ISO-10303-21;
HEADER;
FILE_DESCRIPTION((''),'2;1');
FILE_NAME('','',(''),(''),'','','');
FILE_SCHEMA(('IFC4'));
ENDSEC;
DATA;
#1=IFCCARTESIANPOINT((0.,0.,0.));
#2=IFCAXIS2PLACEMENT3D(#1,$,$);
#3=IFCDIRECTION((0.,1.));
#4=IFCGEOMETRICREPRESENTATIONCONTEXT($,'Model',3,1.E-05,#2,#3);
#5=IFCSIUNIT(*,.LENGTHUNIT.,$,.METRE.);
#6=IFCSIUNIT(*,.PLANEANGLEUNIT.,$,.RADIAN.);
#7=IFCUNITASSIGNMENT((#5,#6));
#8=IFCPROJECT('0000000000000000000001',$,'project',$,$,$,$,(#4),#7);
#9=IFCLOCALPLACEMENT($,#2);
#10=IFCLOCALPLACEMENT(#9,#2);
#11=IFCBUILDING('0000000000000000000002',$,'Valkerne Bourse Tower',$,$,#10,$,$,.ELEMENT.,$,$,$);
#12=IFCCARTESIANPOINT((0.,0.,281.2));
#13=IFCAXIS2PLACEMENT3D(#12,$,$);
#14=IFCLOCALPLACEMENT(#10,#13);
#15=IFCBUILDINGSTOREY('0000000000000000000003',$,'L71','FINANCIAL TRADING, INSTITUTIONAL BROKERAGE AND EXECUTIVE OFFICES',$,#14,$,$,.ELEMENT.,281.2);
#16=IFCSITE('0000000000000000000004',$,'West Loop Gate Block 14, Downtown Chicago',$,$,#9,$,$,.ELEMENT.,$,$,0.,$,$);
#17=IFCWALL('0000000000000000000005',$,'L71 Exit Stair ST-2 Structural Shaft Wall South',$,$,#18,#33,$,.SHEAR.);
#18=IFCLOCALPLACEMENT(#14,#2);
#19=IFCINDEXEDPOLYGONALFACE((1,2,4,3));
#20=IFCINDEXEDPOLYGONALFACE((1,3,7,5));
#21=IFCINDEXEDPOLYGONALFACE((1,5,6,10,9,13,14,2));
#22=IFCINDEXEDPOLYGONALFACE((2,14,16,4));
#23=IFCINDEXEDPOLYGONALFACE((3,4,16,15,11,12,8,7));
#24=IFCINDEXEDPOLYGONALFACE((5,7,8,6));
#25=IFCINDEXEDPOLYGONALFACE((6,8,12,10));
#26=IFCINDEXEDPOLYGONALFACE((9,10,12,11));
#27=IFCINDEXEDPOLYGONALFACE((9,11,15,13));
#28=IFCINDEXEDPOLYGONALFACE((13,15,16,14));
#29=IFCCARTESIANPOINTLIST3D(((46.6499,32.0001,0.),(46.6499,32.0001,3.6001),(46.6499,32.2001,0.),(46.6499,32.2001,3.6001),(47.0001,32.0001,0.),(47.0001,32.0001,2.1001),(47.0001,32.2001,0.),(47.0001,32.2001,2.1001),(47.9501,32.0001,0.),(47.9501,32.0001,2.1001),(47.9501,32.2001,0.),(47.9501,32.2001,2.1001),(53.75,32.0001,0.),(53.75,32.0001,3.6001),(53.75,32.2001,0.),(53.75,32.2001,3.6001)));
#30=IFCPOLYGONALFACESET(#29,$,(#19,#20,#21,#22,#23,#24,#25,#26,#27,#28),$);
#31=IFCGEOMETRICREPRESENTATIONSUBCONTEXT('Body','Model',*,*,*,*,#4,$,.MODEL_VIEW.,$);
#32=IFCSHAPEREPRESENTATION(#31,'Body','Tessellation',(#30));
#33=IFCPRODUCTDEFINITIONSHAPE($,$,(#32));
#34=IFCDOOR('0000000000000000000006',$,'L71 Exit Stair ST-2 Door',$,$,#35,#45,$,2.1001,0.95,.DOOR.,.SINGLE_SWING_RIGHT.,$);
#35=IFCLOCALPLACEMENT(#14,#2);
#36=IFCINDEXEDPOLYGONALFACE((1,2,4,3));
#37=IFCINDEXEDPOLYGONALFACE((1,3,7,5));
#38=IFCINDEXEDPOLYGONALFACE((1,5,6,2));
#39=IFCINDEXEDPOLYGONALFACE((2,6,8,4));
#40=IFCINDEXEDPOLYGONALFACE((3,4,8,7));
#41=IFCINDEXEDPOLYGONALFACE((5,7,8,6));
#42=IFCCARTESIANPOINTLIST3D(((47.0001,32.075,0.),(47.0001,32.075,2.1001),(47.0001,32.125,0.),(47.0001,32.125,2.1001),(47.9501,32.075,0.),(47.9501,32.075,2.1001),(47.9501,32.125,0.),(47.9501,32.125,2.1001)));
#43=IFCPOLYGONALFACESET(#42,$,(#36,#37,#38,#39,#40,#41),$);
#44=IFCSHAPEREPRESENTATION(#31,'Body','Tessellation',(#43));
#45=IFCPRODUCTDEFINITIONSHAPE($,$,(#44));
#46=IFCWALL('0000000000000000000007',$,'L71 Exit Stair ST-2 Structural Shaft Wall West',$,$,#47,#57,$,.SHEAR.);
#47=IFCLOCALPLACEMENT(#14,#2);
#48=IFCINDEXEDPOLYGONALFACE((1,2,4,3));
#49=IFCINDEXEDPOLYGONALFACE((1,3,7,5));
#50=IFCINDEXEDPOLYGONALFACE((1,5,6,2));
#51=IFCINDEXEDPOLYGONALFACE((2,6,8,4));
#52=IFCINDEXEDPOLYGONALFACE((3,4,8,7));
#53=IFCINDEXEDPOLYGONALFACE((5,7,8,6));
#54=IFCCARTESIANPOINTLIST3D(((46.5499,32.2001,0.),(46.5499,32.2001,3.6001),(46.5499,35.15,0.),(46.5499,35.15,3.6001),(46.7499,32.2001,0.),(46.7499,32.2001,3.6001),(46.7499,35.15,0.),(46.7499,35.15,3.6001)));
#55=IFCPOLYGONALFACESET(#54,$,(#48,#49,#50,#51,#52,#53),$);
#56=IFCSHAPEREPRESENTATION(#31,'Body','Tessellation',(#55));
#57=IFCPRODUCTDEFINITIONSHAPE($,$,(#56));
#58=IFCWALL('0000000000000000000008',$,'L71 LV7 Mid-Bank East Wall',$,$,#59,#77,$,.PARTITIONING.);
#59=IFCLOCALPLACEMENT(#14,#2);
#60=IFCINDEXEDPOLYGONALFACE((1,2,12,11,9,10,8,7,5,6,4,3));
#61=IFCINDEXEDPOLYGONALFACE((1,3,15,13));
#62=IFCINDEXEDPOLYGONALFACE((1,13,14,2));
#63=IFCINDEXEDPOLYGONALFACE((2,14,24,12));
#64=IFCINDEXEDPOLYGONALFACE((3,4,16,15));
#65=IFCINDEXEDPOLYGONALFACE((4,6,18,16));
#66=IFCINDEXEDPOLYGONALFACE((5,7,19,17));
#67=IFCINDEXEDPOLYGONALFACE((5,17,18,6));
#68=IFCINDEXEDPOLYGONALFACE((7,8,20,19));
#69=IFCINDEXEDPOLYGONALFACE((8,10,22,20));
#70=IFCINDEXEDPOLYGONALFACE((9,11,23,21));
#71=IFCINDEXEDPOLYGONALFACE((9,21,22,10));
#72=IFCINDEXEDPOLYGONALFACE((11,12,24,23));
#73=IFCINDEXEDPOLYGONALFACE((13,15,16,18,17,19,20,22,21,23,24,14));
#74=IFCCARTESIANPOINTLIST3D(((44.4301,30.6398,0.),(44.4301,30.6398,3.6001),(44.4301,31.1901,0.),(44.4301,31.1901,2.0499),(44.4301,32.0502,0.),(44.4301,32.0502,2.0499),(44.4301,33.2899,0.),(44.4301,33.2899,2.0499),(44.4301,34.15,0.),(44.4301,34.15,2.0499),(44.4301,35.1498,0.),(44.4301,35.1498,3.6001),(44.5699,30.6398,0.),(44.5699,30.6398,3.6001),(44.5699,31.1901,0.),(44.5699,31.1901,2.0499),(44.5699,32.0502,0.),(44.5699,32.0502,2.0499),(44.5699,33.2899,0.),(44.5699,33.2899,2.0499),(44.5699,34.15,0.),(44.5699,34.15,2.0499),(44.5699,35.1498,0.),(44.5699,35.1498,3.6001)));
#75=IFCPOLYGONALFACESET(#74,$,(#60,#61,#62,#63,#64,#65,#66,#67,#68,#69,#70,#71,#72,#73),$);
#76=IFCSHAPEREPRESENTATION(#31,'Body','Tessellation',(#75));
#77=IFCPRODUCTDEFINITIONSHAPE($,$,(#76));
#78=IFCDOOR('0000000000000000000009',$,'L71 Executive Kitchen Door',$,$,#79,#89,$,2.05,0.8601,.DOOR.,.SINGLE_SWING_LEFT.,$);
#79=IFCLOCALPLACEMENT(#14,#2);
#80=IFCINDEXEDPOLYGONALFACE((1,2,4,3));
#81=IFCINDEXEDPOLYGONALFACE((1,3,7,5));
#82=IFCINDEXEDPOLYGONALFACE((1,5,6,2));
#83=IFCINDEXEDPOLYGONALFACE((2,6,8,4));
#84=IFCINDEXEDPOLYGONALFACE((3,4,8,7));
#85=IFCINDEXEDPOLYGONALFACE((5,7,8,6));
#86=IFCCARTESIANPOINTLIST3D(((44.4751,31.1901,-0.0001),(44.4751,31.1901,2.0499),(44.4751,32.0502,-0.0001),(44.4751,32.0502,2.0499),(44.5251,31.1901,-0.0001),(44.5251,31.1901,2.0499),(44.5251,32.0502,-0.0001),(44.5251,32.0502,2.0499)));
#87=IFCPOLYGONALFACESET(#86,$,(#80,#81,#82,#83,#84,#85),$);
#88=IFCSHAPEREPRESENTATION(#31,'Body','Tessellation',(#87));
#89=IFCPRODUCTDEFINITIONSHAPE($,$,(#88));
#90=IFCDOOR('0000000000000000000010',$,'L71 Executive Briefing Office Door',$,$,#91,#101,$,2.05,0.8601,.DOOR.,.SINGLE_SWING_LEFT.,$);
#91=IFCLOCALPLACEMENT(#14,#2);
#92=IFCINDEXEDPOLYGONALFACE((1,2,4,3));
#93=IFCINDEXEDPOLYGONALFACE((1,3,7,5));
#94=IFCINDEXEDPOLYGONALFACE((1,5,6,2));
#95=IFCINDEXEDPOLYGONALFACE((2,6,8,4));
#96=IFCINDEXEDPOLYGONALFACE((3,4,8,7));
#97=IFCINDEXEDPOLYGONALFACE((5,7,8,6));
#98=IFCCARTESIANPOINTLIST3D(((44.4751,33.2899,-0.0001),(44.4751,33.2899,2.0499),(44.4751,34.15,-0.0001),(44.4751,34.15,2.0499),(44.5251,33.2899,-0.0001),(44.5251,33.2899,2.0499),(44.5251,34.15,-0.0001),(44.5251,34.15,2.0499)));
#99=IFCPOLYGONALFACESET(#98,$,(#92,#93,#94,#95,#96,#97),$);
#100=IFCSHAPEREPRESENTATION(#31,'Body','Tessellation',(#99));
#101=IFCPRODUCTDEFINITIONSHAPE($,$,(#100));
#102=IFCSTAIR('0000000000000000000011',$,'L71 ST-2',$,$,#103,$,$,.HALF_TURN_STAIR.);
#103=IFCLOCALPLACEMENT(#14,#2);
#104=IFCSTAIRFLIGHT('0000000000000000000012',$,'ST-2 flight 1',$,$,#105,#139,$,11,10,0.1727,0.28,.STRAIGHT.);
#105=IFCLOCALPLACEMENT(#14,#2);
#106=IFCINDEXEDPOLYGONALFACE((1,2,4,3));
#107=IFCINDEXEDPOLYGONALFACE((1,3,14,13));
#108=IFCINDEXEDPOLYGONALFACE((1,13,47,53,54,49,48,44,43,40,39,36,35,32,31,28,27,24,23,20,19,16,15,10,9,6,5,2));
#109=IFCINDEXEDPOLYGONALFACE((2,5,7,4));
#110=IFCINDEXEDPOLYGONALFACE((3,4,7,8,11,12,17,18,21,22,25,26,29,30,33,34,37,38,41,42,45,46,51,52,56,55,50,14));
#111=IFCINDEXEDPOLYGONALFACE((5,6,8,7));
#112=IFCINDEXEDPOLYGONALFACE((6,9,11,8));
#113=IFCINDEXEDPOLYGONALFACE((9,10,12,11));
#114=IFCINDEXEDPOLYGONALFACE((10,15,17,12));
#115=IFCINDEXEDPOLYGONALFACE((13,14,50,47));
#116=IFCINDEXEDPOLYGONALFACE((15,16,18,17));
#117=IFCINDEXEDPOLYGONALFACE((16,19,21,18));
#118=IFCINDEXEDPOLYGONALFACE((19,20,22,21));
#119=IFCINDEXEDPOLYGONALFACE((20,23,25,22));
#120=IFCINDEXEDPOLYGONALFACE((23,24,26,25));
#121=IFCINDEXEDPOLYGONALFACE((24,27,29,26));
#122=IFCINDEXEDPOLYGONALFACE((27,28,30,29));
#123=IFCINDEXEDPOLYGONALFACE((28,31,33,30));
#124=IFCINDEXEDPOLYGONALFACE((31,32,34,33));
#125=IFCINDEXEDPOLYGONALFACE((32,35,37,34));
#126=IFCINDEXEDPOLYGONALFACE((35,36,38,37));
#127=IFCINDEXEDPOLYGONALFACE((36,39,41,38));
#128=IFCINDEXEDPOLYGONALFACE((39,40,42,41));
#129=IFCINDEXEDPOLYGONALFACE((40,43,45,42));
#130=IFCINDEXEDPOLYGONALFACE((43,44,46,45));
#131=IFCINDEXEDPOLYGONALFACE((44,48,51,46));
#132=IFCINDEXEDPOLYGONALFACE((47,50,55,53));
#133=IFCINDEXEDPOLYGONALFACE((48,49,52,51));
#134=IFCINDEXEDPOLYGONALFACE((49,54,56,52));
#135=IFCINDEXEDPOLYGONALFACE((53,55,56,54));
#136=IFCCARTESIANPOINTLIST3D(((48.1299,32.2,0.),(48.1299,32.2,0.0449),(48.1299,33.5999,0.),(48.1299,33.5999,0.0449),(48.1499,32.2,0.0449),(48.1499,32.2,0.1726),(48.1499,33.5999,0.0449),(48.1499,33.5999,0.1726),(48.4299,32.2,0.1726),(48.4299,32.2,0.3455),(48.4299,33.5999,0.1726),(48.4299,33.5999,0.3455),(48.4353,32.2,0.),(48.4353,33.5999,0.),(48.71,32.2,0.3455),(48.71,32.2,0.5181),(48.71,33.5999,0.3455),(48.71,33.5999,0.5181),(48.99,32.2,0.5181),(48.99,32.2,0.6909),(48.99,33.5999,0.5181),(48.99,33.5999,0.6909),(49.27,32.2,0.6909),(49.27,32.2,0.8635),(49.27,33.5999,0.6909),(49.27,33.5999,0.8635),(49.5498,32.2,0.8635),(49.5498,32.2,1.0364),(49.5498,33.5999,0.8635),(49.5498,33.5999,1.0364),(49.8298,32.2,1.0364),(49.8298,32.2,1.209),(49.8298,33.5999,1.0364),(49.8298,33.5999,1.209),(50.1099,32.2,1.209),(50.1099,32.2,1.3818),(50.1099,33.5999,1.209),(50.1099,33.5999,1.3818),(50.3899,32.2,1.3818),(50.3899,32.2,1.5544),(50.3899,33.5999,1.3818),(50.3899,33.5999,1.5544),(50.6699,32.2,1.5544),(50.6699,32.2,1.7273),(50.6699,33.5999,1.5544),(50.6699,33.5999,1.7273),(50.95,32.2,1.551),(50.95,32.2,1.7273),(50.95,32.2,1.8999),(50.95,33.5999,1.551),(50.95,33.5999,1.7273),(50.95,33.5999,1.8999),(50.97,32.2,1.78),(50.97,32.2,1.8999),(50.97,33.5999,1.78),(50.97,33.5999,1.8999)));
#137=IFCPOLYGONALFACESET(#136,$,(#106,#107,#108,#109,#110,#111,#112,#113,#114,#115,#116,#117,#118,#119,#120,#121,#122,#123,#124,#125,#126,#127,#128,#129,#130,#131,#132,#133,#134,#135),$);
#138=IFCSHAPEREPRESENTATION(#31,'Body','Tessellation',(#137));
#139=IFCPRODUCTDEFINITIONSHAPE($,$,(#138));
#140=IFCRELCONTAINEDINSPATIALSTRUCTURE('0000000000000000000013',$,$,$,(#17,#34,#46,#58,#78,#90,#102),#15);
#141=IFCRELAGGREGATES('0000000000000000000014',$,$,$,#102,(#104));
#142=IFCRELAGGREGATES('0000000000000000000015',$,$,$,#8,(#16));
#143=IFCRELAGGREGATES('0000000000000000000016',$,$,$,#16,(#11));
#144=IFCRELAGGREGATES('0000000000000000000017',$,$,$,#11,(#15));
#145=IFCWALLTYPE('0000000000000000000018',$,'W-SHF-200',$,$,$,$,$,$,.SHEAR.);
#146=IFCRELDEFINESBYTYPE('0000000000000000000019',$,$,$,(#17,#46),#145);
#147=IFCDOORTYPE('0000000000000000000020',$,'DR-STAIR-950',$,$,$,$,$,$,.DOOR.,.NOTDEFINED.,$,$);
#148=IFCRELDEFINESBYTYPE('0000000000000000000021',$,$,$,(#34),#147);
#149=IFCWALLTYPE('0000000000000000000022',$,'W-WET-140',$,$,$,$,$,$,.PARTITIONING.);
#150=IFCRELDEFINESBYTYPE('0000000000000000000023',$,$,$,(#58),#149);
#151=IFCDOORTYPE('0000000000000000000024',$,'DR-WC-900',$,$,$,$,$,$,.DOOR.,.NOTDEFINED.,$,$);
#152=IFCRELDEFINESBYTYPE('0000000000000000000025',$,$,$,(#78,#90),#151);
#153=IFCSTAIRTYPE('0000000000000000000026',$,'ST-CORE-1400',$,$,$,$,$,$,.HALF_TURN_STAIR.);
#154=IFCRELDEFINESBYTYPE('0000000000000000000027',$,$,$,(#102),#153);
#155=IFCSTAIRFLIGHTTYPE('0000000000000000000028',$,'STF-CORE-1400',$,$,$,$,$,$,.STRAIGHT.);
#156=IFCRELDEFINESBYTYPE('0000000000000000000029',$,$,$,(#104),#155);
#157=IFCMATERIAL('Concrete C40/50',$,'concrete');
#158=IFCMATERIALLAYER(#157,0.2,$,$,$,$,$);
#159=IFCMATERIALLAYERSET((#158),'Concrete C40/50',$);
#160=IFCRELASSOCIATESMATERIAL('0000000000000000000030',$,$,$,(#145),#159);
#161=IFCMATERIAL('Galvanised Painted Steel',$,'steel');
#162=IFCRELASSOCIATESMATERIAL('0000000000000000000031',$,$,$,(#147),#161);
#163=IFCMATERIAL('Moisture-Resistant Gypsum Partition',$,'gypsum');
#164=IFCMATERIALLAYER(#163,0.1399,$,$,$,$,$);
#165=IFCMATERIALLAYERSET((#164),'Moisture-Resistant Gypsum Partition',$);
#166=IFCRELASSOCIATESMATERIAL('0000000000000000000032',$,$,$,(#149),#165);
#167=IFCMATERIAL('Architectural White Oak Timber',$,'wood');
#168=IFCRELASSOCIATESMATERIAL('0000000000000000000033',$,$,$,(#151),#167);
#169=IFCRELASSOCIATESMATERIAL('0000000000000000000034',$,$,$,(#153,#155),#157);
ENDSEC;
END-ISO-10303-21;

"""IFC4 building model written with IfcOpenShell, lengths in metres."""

from ifc_helpers import new_model, si_unit, direction, frame, frame_2d, origin, place, context, subcontext, project, spatial, polyline, rectangle, outline, extrude, material, layer, layer_set, type_object, element, fill, aggregate, save


model = new_model("IFC4")

# Units and contexts
model_context = context("Model", 3, precision=1e-05, world=origin(), true_north=direction((0.0, 1.0)))
body_context = subcontext(model_context, "Body", "Model", "MODEL_VIEW")
ifc_project = project(units=[si_unit("LENGTHUNIT", "METRE"), si_unit("PLANEANGLEUNIT", "RADIAN")], contexts=[model_context])

# Site, building, storey
site_placement = place(None, origin())
site = spatial("IfcSite", under=ifc_project, at=site_placement, Name="West Loop Gate Block 14, Downtown Chicago", CompositionType="ELEMENT", RefElevation=0.0)
building_placement = place(site_placement, origin())
building = spatial("IfcBuilding", under=site, at=building_placement, Name="Valkerne Bourse Tower", CompositionType="ELEMENT")
storey_placement = place(building_placement, frame((0.0, 0.0, 281.2)))
storey = spatial("IfcBuildingStorey", under=building, at=storey_placement, Name="L71", Description="FINANCIAL TRADING, INSTITUTIONAL BROKERAGE AND EXECUTIVE OFFICES", CompositionType="ELEMENT", Elevation=281.2)

# Shared definitions
ifc_material_1 = material(Name="Galvanised Painted Steel", Category="steel")

# Wall, opening, door
ifc_material_2 = material(Name="Concrete C40/50", Category="concrete")
ifc_layer_1 = layer(ifc_material_2, 0.2)
ifc_layer_set_1 = layer_set([ifc_layer_1], Name="Concrete C40/50")
wall_type_1 = type_object("IfcWallType", Name="W-SHF-200", PredefinedType="SHEAR", material=ifc_layer_set_1)
wall_1_placement = place(storey_placement, frame((46.6499, 32.1001, 0.0), z_axis=(0.0, 0.0, 1.0), x_axis=(1.0, 0.0, 0.0)))
wall_1 = element("IfcWall", 1, at=wall_1_placement, inside=storey, type_object=wall_type_1, Name="L71 Exit Stair ST-2 Structural Shaft Wall South", PredefinedType="SHEAR", context=body_context, shape_type="SweptSolid", body=[
    extrude(rectangle(XDim=7.1001, YDim=0.2, at=frame_2d((3.55, 0.0))), origin(), (0.0, 0.0, 1.0), 3.6001),
])
opening_1_placement = place(wall_1_placement, frame((0.3501, 0.0, 0.0)))
opening_1 = element("IfcOpeningElement", 2, at=opening_1_placement, cuts=wall_1, PredefinedType="OPENING", context=body_context, shape_type="SweptSolid", body=[
    extrude(rectangle(XDim=0.95, YDim=2.1001, at=frame_2d((0.4751, 1.05))), frame((0.0, 0.1099, 0.0), z_axis=(0.0, -1.0, 0.0), x_axis=(1.0, 0.0, 0.0)), (0.0, 0.0, 1.0), 0.22),
])
door_type_1 = type_object("IfcDoorType", Name="DR-STAIR-950", OperationType="NOTDEFINED", PredefinedType="DOOR", material=ifc_material_1)
door_1_placement = place(opening_1_placement, origin())
door_1 = element("IfcDoor", 3, at=door_1_placement, inside=storey, type_object=door_type_1, Name="L71 Exit Stair ST-2 Door", OperationType="SINGLE_SWING_RIGHT", OverallHeight=2.1001, OverallWidth=0.95, PredefinedType="DOOR", context=body_context, shape_type="SweptSolid", body=[
    extrude(rectangle(XDim=0.95, YDim=2.1001, at=frame_2d((0.4751, 1.05))), frame((0.0, 0.0249, 0.0), z_axis=(0.0, -1.0, 0.0), x_axis=(1.0, 0.0, 0.0)), (0.0, 0.0, 1.0), 0.05),
])
fill(opening_1, door_1)

# Wall
wall_2_placement = place(storey_placement, frame((46.6499, 32.2, 0.0), z_axis=(0.0, 0.0, 1.0), x_axis=(0.0, 1.0, 0.0)))
element("IfcWall", 4, at=wall_2_placement, inside=storey, type_object=wall_type_1, Name="L71 Exit Stair ST-2 Structural Shaft Wall West", PredefinedType="SHEAR", context=body_context, shape_type="SweptSolid", body=[
    extrude(rectangle(XDim=2.95, YDim=0.2, at=frame_2d((1.4751, 0.0))), origin(), (0.0, 0.0, 1.0), 3.6001),
])

# Wall, openings, doors
ifc_material_3 = material(Name="Moisture-Resistant Gypsum Partition", Category="gypsum")
ifc_layer_2 = layer(ifc_material_3, 0.1399)
ifc_layer_set_2 = layer_set([ifc_layer_2], Name="Moisture-Resistant Gypsum Partition")
wall_type_2 = type_object("IfcWallType", Name="W-WET-140", PredefinedType="PARTITIONING", material=ifc_layer_set_2)
wall_3_placement = place(storey_placement, frame((44.5, 30.6399, 0.0), z_axis=(0.0, 0.0, 1.0), x_axis=(0.0, 1.0, 0.0)))
wall_3 = element("IfcWall", 5, at=wall_3_placement, inside=storey, type_object=wall_type_2, Name="L71 LV7 Mid-Bank East Wall", PredefinedType="PARTITIONING", context=body_context, shape_type="SweptSolid", body=[
    extrude(rectangle(XDim=4.51, YDim=0.1399, at=frame_2d((2.2549, 0.0))), origin(), (0.0, 0.0, 1.0), 3.6001),
])
opening_2_placement = place(wall_3_placement, frame((0.55, 0.0, 0.0)))
opening_2 = element("IfcOpeningElement", 6, at=opening_2_placement, cuts=wall_3, PredefinedType="OPENING", context=body_context, shape_type="SweptSolid", body=[
    extrude(rectangle(XDim=0.8601, YDim=2.05, at=frame_2d((0.4302, 1.0249))), frame((0.0, 0.0798, 0.0), z_axis=(0.0, -1.0, 0.0), x_axis=(1.0, 0.0, 0.0)), (0.0, 0.0, 1.0), 0.1599),
])
opening_3_placement = place(wall_3_placement, frame((2.6499, 0.0, 0.0)))
opening_3 = element("IfcOpeningElement", 7, at=opening_3_placement, cuts=wall_3, PredefinedType="OPENING", context=body_context, shape_type="SweptSolid", body=[
    extrude(rectangle(XDim=0.8601, YDim=2.05, at=frame_2d((0.4302, 1.0249))), frame((0.0, 0.0798, 0.0), z_axis=(0.0, -1.0, 0.0), x_axis=(1.0, 0.0, 0.0)), (0.0, 0.0, 1.0), 0.1599),
])
ifc_material_4 = material(Name="Architectural White Oak Timber", Category="wood")
door_type_2 = type_object("IfcDoorType", Name="DR-WC-900", OperationType="NOTDEFINED", PredefinedType="DOOR", material=ifc_material_4)
door_2_placement = place(opening_2_placement, origin())
door_2 = element("IfcDoor", 8, at=door_2_placement, inside=storey, type_object=door_type_2, Name="L71 Executive Kitchen Door", OperationType="SINGLE_SWING_LEFT", OverallHeight=2.05, OverallWidth=0.8601, PredefinedType="DOOR", context=body_context, shape_type="SweptSolid", body=[
    extrude(rectangle(XDim=0.8601, YDim=2.05, at=frame_2d((0.4302, 1.0249))), frame((0.0, 0.0249, 0.0), z_axis=(0.0, -1.0, 0.0), x_axis=(1.0, 0.0, 0.0)), (0.0, 0.0, 1.0), 0.05),
])
fill(opening_2, door_2)
door_3_placement = place(opening_3_placement, origin())
door_3 = element("IfcDoor", 9, at=door_3_placement, inside=storey, type_object=door_type_2, Name="L71 Executive Briefing Office Door", OperationType="SINGLE_SWING_LEFT", OverallHeight=2.05, OverallWidth=0.8601, PredefinedType="DOOR", context=body_context, shape_type="SweptSolid", body=[
    extrude(rectangle(XDim=0.8601, YDim=2.05, at=frame_2d((0.4302, 1.0249))), frame((0.0, 0.0249, 0.0), z_axis=(0.0, -1.0, 0.0), x_axis=(1.0, 0.0, 0.0)), (0.0, 0.0, 1.0), 0.05),
])
fill(opening_3, door_3)

# Stair, stair flight
stair_type = type_object("IfcStairType", Name="ST-CORE-1400", PredefinedType="HALF_TURN_STAIR", material=ifc_material_2)
stair_placement = place(storey_placement, origin())
stair = element("IfcStair", 10, at=stair_placement, inside=storey, type_object=stair_type, Name="L71 ST-2", PredefinedType="HALF_TURN_STAIR")
stair_flight_type = type_object("IfcStairFlightType", Name="STF-CORE-1400", PredefinedType="STRAIGHT", material=ifc_material_2)
stair_flight_1_placement = place(storey_placement, frame((48.1499, 32.8999, 0.0), z_axis=(0.0, 0.0, 1.0), x_axis=(1.0, 0.0, 0.0)))
stair_flight_1 = element("IfcStairFlight", 11, at=stair_flight_1_placement, type_object=stair_flight_type, Name="ST-2 flight 1", NumberOfRisers=11, NumberOfTreads=10, PredefinedType="STRAIGHT", RiserHeight=0.1727, TreadLength=0.28, context=body_context, shape_type="SweptSolid", body=[
    extrude(outline(polyline([(-0.02, 0.0), (-0.02, 0.0449), (0.0, 0.0449), (0.0, 0.1726), (0.28, 0.1726), (0.28, 0.3455), (0.5601, 0.3455), (0.5601, 0.5181), (0.8401, 0.5181), (0.8401, 0.6909), (1.1201, 0.6909), (1.1201, 0.8635), (1.3999, 0.8635), (1.3999, 1.0364), (1.6799, 1.0364), (1.6799, 1.209), (1.96, 1.209), (1.96, 1.3818), (2.24, 1.3818), (2.24, 1.5544), (2.52, 1.5544), (2.52, 1.7273), (2.8, 1.7273), (2.8, 1.8999), (2.8201, 1.8999), (2.8201, 1.78), (2.8, 1.551), (0.2854, 0.0), (-0.02, 0.0)])), frame((0.0, 0.7, 0.0), z_axis=(0.0, -1.0, 0.0), x_axis=(1.0, 0.0, 0.0)), (0.0, 0.0, 1.0), 1.3999),
])
aggregate(stair, [stair_flight_1])

save(model, "model.ifc")
